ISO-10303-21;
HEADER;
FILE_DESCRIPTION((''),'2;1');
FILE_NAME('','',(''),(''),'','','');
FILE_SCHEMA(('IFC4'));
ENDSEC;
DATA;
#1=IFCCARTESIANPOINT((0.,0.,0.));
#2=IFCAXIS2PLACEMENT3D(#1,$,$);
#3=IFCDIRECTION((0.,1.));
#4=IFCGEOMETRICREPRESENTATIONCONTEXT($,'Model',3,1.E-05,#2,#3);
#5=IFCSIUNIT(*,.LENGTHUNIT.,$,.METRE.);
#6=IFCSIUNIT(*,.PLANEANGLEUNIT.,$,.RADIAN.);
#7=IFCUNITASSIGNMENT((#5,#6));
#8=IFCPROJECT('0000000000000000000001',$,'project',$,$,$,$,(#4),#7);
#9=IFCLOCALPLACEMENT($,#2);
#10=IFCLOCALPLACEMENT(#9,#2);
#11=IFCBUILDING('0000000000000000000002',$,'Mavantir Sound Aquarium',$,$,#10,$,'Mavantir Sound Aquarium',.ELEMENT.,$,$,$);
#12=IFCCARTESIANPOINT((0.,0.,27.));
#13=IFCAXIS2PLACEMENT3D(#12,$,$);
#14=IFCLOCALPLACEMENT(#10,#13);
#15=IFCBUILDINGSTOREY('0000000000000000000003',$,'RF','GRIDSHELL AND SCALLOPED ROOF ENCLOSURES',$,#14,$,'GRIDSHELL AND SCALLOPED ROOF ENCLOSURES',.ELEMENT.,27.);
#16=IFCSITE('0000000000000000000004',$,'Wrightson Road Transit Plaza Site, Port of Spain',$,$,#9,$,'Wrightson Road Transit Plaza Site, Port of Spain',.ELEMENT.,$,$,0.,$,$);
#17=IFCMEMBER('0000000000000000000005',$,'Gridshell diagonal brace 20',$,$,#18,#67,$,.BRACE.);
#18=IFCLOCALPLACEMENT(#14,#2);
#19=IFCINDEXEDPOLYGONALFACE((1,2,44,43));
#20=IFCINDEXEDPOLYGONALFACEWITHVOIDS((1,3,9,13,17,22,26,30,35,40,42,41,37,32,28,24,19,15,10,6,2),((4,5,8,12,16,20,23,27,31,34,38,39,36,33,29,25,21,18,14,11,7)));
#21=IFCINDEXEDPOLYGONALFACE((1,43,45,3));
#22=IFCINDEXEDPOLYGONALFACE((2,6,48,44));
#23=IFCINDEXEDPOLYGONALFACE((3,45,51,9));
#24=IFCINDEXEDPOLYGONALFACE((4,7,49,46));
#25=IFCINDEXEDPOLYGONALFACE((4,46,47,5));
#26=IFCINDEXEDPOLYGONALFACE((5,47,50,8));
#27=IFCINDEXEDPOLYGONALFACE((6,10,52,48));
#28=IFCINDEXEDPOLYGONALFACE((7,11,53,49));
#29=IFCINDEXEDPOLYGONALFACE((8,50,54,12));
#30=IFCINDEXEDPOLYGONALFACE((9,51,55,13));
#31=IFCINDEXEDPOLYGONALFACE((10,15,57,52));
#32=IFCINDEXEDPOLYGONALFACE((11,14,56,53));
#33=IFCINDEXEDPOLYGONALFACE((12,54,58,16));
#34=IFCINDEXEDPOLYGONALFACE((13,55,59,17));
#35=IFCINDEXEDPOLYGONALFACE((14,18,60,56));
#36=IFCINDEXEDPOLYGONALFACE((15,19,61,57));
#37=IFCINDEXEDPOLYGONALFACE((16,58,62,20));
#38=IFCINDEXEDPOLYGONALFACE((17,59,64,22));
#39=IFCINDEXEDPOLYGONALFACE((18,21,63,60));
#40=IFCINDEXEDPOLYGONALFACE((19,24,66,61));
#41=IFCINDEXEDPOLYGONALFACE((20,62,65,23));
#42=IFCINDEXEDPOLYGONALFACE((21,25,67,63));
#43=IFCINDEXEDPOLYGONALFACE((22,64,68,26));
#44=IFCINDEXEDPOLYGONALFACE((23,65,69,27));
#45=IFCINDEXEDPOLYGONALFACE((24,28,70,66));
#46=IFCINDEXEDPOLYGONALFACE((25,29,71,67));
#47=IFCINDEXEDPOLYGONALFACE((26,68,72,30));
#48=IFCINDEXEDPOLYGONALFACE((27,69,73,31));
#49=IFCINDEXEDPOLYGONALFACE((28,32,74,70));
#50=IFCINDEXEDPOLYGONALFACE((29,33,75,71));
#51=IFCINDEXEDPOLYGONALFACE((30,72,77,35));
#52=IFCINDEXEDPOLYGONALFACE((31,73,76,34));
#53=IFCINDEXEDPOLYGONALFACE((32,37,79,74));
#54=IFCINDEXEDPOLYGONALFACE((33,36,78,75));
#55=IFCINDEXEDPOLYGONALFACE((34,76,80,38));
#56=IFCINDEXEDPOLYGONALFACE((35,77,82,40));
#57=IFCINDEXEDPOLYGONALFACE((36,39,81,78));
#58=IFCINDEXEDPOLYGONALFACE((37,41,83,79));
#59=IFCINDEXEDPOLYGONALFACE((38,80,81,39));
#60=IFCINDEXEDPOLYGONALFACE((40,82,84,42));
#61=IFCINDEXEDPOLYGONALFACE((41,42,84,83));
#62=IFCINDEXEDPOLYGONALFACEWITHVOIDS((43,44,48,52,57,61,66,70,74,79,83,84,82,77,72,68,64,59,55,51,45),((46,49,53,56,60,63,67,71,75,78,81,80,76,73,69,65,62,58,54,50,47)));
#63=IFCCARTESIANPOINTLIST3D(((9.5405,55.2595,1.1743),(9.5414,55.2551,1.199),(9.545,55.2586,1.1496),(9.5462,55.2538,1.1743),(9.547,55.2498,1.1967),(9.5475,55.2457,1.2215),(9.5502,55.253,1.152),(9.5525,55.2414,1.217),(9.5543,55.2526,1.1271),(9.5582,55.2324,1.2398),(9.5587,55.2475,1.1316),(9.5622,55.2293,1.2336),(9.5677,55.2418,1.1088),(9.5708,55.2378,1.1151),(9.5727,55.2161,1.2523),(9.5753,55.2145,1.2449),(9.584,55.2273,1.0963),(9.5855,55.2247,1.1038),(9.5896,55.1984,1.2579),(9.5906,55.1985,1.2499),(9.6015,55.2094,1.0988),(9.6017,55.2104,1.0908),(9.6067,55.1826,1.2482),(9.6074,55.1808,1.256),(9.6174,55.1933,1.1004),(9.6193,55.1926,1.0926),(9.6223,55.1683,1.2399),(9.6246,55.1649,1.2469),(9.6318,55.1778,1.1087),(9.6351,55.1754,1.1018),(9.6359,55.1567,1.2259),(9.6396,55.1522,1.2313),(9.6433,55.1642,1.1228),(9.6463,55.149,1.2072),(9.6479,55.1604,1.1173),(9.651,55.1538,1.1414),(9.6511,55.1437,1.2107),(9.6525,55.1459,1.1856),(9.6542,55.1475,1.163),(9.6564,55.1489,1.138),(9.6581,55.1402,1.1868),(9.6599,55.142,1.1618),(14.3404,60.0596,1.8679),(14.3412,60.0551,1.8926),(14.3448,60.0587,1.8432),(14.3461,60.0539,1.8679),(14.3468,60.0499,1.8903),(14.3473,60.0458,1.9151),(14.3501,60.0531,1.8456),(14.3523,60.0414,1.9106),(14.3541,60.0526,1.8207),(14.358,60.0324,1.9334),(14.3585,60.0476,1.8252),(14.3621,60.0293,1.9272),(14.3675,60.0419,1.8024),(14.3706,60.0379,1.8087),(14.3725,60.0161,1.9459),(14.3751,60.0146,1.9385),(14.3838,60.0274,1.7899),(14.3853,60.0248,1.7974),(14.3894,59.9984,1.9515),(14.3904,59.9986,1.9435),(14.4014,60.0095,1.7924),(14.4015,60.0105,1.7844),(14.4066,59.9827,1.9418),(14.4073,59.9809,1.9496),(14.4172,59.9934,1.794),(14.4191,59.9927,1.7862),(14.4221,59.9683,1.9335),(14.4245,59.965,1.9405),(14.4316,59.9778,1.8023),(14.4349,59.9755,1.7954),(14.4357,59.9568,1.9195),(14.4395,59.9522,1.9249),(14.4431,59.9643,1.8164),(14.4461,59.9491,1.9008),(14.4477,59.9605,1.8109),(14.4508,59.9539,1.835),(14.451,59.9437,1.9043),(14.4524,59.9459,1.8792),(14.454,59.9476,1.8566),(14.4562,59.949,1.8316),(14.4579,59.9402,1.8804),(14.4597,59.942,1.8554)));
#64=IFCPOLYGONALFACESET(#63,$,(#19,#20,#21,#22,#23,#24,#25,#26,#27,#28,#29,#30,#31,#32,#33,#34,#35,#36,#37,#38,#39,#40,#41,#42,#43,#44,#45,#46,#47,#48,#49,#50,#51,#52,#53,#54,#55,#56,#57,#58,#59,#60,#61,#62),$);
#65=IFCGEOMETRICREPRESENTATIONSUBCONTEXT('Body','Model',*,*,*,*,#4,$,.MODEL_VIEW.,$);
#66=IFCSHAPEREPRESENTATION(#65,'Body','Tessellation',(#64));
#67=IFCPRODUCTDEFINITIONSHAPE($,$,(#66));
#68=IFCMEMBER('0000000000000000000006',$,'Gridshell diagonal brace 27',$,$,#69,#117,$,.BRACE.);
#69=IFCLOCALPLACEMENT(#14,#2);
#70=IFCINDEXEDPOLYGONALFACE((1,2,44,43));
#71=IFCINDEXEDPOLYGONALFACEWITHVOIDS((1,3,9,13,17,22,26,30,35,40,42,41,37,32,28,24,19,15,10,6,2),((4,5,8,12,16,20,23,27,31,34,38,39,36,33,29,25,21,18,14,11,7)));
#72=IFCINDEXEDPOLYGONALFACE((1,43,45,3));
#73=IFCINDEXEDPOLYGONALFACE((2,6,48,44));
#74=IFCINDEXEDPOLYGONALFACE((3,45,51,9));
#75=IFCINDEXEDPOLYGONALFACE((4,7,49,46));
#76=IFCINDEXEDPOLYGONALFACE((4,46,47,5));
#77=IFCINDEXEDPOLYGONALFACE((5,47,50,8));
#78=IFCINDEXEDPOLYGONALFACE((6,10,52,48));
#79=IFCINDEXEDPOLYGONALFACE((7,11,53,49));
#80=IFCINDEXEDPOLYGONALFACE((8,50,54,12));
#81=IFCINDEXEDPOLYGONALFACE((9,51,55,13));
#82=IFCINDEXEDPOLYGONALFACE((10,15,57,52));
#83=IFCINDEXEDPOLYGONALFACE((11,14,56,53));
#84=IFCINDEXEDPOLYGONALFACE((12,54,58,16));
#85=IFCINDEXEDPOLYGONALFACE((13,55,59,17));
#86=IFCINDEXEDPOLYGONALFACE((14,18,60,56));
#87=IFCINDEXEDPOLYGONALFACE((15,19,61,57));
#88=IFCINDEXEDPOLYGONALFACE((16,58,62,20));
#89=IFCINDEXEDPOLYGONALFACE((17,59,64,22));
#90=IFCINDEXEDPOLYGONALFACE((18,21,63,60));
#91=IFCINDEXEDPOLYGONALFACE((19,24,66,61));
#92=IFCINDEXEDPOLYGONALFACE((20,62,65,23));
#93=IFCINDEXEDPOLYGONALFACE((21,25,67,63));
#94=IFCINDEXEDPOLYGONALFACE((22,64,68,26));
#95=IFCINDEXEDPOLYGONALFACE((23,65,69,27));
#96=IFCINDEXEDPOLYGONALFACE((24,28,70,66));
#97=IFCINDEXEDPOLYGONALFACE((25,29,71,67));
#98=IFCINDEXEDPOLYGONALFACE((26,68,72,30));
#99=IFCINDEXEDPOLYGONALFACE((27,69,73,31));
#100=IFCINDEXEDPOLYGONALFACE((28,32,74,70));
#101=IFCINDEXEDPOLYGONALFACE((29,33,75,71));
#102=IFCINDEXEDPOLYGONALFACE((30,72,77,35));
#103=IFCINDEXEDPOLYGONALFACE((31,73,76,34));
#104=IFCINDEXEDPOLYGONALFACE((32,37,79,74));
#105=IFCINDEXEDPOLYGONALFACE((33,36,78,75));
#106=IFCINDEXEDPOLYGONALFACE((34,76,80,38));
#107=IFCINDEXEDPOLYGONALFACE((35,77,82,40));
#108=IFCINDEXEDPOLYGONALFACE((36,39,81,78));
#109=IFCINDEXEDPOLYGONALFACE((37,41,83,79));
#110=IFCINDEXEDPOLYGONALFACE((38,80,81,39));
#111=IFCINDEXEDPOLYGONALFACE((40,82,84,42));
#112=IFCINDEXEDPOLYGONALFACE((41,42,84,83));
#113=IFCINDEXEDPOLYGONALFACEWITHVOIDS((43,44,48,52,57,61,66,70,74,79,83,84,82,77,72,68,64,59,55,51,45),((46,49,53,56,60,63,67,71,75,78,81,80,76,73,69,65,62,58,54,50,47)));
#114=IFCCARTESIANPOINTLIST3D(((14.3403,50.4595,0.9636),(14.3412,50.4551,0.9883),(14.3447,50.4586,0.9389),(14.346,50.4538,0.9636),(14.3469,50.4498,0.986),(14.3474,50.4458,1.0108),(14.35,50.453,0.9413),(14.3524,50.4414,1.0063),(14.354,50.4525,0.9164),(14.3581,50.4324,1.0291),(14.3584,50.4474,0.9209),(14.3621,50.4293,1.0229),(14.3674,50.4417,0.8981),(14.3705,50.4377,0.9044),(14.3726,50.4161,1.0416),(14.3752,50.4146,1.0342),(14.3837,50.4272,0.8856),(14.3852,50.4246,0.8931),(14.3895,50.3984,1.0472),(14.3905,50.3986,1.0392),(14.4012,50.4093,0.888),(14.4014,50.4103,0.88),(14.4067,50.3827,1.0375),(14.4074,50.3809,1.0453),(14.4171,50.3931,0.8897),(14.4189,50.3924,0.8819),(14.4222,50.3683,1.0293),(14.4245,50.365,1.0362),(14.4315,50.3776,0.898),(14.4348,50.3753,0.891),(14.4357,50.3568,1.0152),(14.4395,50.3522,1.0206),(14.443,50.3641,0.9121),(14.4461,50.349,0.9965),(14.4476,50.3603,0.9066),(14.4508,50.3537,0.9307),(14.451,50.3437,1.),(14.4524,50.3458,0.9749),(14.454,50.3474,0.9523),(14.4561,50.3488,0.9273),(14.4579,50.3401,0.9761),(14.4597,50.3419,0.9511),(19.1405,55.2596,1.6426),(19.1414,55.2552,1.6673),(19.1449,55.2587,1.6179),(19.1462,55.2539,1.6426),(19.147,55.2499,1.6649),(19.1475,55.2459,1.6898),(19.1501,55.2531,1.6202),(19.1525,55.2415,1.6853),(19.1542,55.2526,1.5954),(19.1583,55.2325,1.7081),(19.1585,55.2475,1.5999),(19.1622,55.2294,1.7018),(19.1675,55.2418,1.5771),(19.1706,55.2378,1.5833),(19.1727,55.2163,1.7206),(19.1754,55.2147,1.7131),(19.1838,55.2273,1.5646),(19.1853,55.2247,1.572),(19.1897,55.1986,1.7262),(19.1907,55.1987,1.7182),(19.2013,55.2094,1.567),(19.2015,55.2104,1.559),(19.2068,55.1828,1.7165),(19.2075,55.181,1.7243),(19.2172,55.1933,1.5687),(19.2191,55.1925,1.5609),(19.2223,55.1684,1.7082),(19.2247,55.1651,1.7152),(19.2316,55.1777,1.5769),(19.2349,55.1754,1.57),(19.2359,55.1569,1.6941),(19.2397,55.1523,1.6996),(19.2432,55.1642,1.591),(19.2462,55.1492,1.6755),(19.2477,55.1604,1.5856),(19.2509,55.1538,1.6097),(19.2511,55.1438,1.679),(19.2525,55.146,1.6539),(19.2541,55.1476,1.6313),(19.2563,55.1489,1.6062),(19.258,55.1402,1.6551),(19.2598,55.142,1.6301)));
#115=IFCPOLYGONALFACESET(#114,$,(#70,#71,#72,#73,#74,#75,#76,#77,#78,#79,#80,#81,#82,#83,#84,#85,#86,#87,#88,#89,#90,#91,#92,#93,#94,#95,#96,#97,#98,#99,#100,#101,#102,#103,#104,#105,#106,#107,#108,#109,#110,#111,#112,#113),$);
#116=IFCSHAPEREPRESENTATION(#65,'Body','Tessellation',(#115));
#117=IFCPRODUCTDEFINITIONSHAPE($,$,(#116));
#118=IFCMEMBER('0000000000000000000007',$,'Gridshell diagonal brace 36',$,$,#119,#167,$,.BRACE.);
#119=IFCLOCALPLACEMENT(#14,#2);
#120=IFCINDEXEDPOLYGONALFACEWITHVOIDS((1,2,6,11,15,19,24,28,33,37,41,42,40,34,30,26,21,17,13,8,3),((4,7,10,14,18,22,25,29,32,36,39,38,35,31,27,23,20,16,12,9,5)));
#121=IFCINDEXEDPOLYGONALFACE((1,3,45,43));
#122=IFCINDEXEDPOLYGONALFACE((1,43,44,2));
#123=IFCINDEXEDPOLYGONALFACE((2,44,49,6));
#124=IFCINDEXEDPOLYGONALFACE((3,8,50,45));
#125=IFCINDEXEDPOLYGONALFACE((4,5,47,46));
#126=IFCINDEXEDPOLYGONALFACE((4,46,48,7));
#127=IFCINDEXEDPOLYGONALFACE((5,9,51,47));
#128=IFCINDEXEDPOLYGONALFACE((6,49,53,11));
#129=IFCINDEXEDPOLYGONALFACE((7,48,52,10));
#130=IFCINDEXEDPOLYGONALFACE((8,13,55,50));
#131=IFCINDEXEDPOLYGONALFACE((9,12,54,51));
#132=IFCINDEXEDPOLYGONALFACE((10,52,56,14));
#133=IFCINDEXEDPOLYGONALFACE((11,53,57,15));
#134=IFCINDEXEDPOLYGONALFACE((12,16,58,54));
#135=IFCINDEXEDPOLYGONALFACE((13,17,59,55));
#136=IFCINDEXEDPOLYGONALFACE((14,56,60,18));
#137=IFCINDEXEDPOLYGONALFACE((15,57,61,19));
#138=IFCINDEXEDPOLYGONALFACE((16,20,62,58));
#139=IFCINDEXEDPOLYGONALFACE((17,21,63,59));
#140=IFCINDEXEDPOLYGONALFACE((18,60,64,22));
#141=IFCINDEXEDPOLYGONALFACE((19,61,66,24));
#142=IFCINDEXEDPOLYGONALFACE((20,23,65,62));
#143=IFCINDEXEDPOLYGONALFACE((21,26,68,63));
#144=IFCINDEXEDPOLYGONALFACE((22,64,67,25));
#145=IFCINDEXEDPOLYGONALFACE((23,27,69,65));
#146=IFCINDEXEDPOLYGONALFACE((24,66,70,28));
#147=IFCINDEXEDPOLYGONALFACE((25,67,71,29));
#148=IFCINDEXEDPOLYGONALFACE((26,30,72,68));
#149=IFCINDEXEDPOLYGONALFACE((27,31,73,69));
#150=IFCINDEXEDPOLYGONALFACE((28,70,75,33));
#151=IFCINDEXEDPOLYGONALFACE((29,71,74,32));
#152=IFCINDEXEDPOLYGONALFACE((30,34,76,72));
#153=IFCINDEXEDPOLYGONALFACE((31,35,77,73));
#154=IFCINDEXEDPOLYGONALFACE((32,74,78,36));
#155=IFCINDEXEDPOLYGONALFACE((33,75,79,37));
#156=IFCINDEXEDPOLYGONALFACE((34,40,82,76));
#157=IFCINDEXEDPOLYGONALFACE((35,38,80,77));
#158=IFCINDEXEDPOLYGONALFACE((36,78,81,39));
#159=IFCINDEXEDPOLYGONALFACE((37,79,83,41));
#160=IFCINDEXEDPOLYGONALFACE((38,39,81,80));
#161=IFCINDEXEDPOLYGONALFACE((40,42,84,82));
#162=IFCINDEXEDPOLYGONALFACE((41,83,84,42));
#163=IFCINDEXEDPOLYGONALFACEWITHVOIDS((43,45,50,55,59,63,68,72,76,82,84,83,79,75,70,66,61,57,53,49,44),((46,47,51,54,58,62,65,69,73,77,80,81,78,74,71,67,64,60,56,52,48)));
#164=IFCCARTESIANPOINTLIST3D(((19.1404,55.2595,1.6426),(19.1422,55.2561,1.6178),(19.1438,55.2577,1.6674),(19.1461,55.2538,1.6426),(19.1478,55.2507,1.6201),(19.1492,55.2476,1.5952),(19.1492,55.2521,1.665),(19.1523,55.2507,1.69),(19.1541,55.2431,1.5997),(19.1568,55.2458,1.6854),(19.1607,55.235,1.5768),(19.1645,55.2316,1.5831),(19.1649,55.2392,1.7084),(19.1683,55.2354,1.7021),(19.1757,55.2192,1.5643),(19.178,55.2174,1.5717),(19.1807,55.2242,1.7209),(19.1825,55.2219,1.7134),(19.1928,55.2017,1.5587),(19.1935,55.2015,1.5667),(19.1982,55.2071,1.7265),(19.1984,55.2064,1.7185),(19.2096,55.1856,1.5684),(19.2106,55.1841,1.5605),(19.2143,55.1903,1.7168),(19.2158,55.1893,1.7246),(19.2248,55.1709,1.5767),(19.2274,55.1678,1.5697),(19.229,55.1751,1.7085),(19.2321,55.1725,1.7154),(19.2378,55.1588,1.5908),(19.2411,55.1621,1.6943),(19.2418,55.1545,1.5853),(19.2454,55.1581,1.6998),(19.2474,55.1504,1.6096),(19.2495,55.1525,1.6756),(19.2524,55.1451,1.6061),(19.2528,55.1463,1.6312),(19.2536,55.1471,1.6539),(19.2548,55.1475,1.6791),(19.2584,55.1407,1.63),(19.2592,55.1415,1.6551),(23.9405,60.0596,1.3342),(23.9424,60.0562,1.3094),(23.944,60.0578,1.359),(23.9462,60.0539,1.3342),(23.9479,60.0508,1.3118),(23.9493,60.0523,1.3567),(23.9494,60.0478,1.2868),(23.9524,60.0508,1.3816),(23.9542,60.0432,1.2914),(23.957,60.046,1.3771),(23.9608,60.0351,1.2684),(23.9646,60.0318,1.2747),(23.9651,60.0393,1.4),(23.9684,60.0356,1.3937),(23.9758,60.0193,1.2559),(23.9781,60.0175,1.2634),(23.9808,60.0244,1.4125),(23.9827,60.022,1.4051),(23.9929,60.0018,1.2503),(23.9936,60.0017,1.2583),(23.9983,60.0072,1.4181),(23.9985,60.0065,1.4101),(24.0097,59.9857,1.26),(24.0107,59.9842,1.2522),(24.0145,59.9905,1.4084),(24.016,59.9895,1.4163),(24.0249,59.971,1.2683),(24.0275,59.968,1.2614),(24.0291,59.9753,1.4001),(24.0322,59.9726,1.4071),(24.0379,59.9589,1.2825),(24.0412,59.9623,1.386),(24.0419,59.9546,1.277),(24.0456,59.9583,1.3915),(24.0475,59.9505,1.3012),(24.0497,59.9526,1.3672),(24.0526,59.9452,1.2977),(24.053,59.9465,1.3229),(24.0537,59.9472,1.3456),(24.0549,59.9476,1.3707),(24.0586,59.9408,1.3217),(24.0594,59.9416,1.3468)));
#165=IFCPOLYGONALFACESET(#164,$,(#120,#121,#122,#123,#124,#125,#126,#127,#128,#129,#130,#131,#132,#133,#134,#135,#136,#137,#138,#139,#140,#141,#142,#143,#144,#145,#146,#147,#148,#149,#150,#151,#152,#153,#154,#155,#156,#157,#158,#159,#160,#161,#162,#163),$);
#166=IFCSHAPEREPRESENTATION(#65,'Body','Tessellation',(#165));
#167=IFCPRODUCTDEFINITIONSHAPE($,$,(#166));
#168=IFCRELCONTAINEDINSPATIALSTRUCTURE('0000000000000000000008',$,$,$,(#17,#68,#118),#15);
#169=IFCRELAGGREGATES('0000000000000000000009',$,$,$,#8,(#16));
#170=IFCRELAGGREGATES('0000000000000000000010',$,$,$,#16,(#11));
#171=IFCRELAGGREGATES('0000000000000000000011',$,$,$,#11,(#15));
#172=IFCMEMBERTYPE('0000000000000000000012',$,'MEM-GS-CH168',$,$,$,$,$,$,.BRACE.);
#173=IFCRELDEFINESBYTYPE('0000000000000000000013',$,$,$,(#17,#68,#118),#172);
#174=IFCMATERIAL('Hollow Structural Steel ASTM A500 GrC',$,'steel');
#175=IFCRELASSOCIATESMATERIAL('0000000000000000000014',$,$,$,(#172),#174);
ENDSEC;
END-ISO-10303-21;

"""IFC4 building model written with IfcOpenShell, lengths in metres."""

from ifc_helpers import new_model, si_unit, direction, frame, origin, origin_2d, place, context, subcontext, project, spatial, hollow_circle, extrude, material, material_profile, profile_set, type_object, element, save


model = new_model("IFC4")

# Units and contexts
model_context = context("Model", 3, precision=1e-05, world=origin(), true_north=direction((0.0, 1.0)))
body_context = subcontext(model_context, "Body", "Model", "MODEL_VIEW")
ifc_project = project(units=[si_unit("LENGTHUNIT", "METRE"), si_unit("PLANEANGLEUNIT", "RADIAN")], contexts=[model_context])

# Site, building, storey
site_placement = place(None, origin())
site = spatial("IfcSite", under=ifc_project, at=site_placement, Name="Wrightson Road Transit Plaza Site, Port of Spain", LongName="Wrightson Road Transit Plaza Site, Port of Spain", CompositionType="ELEMENT", RefElevation=0.0)
building_placement = place(site_placement, origin())
building = spatial("IfcBuilding", under=site, at=building_placement, Name="Mavantir Sound Aquarium", LongName="Mavantir Sound Aquarium", CompositionType="ELEMENT")
storey_placement = place(building_placement, frame((0.0, 0.0, 27.0)))
storey = spatial("IfcBuildingStorey", under=building, at=storey_placement, Name="RF", Description="GRIDSHELL AND SCALLOPED ROOF ENCLOSURES", LongName="GRIDSHELL AND SCALLOPED ROOF ENCLOSURES", CompositionType="ELEMENT", Elevation=27.0)

# Members
ifc_material_1 = material(Name="Hollow Structural Steel ASTM A500 GrC", Category="steel")
ifc_material_profile_1 = material_profile(ifc_material_1, hollow_circle(Radius=0.0842, WallThickness=0.0081, at=origin_2d()), Name="CHS 168.3X8")
ifc_profile_set_1 = profile_set([ifc_material_profile_1], Name="Hollow Structural Steel ASTM A500 GrC")
member_type_1 = type_object("IfcMemberType", Name="MEM-GS-CH168", PredefinedType="BRACE", material=ifc_profile_set_1)
member_1_placement = place(storey_placement, frame((9.6001, 55.2, 1.1743), z_axis=(0.703426, 0.703462, 0.10165), x_axis=(-0.707125, 0.707089, 0.0)))
element("IfcMember", 1, at=member_1_placement, inside=storey, type_object=member_type_1, Name="Gridshell diagonal brace 20", PredefinedType="BRACE", context=body_context, shape_type="SweptSolid", body=[
    extrude(hollow_circle(Radius=0.0842, WallThickness=0.0081, at=origin_2d()), origin(), (0.0, 0.0, 1.0), 6.8235),
])
member_2_placement = place(storey_placement, frame((14.3999, 50.3999, 0.9636), z_axis=(0.703596, 0.703596, 0.099522), x_axis=(-0.707107, 0.707107, 0.0)))
element("IfcMember", 2, at=member_2_placement, inside=storey, type_object=member_type_1, Name="Gridshell diagonal brace 27", PredefinedType="BRACE", context=body_context, shape_type="SweptSolid", body=[
    extrude(hollow_circle(Radius=0.0842, WallThickness=0.0081, at=origin_2d()), origin(), (0.0, 0.0, 1.0), 6.8223),
])
member_3_placement = place(storey_placement, frame((19.2, 55.2, 1.6426), z_axis=(0.706378, 0.706378, -0.045377), x_axis=(-0.707107, 0.707107, 0.0)))
element("IfcMember", 3, at=member_3_placement, inside=storey, type_object=member_type_1, Name="Gridshell diagonal brace 36", PredefinedType="BRACE", context=body_context, shape_type="SweptSolid", body=[
    extrude(hollow_circle(Radius=0.0842, WallThickness=0.0081, at=origin_2d()), origin(), (0.0, 0.0, 1.0), 6.7954),
])

save(model, "model.ifc")
